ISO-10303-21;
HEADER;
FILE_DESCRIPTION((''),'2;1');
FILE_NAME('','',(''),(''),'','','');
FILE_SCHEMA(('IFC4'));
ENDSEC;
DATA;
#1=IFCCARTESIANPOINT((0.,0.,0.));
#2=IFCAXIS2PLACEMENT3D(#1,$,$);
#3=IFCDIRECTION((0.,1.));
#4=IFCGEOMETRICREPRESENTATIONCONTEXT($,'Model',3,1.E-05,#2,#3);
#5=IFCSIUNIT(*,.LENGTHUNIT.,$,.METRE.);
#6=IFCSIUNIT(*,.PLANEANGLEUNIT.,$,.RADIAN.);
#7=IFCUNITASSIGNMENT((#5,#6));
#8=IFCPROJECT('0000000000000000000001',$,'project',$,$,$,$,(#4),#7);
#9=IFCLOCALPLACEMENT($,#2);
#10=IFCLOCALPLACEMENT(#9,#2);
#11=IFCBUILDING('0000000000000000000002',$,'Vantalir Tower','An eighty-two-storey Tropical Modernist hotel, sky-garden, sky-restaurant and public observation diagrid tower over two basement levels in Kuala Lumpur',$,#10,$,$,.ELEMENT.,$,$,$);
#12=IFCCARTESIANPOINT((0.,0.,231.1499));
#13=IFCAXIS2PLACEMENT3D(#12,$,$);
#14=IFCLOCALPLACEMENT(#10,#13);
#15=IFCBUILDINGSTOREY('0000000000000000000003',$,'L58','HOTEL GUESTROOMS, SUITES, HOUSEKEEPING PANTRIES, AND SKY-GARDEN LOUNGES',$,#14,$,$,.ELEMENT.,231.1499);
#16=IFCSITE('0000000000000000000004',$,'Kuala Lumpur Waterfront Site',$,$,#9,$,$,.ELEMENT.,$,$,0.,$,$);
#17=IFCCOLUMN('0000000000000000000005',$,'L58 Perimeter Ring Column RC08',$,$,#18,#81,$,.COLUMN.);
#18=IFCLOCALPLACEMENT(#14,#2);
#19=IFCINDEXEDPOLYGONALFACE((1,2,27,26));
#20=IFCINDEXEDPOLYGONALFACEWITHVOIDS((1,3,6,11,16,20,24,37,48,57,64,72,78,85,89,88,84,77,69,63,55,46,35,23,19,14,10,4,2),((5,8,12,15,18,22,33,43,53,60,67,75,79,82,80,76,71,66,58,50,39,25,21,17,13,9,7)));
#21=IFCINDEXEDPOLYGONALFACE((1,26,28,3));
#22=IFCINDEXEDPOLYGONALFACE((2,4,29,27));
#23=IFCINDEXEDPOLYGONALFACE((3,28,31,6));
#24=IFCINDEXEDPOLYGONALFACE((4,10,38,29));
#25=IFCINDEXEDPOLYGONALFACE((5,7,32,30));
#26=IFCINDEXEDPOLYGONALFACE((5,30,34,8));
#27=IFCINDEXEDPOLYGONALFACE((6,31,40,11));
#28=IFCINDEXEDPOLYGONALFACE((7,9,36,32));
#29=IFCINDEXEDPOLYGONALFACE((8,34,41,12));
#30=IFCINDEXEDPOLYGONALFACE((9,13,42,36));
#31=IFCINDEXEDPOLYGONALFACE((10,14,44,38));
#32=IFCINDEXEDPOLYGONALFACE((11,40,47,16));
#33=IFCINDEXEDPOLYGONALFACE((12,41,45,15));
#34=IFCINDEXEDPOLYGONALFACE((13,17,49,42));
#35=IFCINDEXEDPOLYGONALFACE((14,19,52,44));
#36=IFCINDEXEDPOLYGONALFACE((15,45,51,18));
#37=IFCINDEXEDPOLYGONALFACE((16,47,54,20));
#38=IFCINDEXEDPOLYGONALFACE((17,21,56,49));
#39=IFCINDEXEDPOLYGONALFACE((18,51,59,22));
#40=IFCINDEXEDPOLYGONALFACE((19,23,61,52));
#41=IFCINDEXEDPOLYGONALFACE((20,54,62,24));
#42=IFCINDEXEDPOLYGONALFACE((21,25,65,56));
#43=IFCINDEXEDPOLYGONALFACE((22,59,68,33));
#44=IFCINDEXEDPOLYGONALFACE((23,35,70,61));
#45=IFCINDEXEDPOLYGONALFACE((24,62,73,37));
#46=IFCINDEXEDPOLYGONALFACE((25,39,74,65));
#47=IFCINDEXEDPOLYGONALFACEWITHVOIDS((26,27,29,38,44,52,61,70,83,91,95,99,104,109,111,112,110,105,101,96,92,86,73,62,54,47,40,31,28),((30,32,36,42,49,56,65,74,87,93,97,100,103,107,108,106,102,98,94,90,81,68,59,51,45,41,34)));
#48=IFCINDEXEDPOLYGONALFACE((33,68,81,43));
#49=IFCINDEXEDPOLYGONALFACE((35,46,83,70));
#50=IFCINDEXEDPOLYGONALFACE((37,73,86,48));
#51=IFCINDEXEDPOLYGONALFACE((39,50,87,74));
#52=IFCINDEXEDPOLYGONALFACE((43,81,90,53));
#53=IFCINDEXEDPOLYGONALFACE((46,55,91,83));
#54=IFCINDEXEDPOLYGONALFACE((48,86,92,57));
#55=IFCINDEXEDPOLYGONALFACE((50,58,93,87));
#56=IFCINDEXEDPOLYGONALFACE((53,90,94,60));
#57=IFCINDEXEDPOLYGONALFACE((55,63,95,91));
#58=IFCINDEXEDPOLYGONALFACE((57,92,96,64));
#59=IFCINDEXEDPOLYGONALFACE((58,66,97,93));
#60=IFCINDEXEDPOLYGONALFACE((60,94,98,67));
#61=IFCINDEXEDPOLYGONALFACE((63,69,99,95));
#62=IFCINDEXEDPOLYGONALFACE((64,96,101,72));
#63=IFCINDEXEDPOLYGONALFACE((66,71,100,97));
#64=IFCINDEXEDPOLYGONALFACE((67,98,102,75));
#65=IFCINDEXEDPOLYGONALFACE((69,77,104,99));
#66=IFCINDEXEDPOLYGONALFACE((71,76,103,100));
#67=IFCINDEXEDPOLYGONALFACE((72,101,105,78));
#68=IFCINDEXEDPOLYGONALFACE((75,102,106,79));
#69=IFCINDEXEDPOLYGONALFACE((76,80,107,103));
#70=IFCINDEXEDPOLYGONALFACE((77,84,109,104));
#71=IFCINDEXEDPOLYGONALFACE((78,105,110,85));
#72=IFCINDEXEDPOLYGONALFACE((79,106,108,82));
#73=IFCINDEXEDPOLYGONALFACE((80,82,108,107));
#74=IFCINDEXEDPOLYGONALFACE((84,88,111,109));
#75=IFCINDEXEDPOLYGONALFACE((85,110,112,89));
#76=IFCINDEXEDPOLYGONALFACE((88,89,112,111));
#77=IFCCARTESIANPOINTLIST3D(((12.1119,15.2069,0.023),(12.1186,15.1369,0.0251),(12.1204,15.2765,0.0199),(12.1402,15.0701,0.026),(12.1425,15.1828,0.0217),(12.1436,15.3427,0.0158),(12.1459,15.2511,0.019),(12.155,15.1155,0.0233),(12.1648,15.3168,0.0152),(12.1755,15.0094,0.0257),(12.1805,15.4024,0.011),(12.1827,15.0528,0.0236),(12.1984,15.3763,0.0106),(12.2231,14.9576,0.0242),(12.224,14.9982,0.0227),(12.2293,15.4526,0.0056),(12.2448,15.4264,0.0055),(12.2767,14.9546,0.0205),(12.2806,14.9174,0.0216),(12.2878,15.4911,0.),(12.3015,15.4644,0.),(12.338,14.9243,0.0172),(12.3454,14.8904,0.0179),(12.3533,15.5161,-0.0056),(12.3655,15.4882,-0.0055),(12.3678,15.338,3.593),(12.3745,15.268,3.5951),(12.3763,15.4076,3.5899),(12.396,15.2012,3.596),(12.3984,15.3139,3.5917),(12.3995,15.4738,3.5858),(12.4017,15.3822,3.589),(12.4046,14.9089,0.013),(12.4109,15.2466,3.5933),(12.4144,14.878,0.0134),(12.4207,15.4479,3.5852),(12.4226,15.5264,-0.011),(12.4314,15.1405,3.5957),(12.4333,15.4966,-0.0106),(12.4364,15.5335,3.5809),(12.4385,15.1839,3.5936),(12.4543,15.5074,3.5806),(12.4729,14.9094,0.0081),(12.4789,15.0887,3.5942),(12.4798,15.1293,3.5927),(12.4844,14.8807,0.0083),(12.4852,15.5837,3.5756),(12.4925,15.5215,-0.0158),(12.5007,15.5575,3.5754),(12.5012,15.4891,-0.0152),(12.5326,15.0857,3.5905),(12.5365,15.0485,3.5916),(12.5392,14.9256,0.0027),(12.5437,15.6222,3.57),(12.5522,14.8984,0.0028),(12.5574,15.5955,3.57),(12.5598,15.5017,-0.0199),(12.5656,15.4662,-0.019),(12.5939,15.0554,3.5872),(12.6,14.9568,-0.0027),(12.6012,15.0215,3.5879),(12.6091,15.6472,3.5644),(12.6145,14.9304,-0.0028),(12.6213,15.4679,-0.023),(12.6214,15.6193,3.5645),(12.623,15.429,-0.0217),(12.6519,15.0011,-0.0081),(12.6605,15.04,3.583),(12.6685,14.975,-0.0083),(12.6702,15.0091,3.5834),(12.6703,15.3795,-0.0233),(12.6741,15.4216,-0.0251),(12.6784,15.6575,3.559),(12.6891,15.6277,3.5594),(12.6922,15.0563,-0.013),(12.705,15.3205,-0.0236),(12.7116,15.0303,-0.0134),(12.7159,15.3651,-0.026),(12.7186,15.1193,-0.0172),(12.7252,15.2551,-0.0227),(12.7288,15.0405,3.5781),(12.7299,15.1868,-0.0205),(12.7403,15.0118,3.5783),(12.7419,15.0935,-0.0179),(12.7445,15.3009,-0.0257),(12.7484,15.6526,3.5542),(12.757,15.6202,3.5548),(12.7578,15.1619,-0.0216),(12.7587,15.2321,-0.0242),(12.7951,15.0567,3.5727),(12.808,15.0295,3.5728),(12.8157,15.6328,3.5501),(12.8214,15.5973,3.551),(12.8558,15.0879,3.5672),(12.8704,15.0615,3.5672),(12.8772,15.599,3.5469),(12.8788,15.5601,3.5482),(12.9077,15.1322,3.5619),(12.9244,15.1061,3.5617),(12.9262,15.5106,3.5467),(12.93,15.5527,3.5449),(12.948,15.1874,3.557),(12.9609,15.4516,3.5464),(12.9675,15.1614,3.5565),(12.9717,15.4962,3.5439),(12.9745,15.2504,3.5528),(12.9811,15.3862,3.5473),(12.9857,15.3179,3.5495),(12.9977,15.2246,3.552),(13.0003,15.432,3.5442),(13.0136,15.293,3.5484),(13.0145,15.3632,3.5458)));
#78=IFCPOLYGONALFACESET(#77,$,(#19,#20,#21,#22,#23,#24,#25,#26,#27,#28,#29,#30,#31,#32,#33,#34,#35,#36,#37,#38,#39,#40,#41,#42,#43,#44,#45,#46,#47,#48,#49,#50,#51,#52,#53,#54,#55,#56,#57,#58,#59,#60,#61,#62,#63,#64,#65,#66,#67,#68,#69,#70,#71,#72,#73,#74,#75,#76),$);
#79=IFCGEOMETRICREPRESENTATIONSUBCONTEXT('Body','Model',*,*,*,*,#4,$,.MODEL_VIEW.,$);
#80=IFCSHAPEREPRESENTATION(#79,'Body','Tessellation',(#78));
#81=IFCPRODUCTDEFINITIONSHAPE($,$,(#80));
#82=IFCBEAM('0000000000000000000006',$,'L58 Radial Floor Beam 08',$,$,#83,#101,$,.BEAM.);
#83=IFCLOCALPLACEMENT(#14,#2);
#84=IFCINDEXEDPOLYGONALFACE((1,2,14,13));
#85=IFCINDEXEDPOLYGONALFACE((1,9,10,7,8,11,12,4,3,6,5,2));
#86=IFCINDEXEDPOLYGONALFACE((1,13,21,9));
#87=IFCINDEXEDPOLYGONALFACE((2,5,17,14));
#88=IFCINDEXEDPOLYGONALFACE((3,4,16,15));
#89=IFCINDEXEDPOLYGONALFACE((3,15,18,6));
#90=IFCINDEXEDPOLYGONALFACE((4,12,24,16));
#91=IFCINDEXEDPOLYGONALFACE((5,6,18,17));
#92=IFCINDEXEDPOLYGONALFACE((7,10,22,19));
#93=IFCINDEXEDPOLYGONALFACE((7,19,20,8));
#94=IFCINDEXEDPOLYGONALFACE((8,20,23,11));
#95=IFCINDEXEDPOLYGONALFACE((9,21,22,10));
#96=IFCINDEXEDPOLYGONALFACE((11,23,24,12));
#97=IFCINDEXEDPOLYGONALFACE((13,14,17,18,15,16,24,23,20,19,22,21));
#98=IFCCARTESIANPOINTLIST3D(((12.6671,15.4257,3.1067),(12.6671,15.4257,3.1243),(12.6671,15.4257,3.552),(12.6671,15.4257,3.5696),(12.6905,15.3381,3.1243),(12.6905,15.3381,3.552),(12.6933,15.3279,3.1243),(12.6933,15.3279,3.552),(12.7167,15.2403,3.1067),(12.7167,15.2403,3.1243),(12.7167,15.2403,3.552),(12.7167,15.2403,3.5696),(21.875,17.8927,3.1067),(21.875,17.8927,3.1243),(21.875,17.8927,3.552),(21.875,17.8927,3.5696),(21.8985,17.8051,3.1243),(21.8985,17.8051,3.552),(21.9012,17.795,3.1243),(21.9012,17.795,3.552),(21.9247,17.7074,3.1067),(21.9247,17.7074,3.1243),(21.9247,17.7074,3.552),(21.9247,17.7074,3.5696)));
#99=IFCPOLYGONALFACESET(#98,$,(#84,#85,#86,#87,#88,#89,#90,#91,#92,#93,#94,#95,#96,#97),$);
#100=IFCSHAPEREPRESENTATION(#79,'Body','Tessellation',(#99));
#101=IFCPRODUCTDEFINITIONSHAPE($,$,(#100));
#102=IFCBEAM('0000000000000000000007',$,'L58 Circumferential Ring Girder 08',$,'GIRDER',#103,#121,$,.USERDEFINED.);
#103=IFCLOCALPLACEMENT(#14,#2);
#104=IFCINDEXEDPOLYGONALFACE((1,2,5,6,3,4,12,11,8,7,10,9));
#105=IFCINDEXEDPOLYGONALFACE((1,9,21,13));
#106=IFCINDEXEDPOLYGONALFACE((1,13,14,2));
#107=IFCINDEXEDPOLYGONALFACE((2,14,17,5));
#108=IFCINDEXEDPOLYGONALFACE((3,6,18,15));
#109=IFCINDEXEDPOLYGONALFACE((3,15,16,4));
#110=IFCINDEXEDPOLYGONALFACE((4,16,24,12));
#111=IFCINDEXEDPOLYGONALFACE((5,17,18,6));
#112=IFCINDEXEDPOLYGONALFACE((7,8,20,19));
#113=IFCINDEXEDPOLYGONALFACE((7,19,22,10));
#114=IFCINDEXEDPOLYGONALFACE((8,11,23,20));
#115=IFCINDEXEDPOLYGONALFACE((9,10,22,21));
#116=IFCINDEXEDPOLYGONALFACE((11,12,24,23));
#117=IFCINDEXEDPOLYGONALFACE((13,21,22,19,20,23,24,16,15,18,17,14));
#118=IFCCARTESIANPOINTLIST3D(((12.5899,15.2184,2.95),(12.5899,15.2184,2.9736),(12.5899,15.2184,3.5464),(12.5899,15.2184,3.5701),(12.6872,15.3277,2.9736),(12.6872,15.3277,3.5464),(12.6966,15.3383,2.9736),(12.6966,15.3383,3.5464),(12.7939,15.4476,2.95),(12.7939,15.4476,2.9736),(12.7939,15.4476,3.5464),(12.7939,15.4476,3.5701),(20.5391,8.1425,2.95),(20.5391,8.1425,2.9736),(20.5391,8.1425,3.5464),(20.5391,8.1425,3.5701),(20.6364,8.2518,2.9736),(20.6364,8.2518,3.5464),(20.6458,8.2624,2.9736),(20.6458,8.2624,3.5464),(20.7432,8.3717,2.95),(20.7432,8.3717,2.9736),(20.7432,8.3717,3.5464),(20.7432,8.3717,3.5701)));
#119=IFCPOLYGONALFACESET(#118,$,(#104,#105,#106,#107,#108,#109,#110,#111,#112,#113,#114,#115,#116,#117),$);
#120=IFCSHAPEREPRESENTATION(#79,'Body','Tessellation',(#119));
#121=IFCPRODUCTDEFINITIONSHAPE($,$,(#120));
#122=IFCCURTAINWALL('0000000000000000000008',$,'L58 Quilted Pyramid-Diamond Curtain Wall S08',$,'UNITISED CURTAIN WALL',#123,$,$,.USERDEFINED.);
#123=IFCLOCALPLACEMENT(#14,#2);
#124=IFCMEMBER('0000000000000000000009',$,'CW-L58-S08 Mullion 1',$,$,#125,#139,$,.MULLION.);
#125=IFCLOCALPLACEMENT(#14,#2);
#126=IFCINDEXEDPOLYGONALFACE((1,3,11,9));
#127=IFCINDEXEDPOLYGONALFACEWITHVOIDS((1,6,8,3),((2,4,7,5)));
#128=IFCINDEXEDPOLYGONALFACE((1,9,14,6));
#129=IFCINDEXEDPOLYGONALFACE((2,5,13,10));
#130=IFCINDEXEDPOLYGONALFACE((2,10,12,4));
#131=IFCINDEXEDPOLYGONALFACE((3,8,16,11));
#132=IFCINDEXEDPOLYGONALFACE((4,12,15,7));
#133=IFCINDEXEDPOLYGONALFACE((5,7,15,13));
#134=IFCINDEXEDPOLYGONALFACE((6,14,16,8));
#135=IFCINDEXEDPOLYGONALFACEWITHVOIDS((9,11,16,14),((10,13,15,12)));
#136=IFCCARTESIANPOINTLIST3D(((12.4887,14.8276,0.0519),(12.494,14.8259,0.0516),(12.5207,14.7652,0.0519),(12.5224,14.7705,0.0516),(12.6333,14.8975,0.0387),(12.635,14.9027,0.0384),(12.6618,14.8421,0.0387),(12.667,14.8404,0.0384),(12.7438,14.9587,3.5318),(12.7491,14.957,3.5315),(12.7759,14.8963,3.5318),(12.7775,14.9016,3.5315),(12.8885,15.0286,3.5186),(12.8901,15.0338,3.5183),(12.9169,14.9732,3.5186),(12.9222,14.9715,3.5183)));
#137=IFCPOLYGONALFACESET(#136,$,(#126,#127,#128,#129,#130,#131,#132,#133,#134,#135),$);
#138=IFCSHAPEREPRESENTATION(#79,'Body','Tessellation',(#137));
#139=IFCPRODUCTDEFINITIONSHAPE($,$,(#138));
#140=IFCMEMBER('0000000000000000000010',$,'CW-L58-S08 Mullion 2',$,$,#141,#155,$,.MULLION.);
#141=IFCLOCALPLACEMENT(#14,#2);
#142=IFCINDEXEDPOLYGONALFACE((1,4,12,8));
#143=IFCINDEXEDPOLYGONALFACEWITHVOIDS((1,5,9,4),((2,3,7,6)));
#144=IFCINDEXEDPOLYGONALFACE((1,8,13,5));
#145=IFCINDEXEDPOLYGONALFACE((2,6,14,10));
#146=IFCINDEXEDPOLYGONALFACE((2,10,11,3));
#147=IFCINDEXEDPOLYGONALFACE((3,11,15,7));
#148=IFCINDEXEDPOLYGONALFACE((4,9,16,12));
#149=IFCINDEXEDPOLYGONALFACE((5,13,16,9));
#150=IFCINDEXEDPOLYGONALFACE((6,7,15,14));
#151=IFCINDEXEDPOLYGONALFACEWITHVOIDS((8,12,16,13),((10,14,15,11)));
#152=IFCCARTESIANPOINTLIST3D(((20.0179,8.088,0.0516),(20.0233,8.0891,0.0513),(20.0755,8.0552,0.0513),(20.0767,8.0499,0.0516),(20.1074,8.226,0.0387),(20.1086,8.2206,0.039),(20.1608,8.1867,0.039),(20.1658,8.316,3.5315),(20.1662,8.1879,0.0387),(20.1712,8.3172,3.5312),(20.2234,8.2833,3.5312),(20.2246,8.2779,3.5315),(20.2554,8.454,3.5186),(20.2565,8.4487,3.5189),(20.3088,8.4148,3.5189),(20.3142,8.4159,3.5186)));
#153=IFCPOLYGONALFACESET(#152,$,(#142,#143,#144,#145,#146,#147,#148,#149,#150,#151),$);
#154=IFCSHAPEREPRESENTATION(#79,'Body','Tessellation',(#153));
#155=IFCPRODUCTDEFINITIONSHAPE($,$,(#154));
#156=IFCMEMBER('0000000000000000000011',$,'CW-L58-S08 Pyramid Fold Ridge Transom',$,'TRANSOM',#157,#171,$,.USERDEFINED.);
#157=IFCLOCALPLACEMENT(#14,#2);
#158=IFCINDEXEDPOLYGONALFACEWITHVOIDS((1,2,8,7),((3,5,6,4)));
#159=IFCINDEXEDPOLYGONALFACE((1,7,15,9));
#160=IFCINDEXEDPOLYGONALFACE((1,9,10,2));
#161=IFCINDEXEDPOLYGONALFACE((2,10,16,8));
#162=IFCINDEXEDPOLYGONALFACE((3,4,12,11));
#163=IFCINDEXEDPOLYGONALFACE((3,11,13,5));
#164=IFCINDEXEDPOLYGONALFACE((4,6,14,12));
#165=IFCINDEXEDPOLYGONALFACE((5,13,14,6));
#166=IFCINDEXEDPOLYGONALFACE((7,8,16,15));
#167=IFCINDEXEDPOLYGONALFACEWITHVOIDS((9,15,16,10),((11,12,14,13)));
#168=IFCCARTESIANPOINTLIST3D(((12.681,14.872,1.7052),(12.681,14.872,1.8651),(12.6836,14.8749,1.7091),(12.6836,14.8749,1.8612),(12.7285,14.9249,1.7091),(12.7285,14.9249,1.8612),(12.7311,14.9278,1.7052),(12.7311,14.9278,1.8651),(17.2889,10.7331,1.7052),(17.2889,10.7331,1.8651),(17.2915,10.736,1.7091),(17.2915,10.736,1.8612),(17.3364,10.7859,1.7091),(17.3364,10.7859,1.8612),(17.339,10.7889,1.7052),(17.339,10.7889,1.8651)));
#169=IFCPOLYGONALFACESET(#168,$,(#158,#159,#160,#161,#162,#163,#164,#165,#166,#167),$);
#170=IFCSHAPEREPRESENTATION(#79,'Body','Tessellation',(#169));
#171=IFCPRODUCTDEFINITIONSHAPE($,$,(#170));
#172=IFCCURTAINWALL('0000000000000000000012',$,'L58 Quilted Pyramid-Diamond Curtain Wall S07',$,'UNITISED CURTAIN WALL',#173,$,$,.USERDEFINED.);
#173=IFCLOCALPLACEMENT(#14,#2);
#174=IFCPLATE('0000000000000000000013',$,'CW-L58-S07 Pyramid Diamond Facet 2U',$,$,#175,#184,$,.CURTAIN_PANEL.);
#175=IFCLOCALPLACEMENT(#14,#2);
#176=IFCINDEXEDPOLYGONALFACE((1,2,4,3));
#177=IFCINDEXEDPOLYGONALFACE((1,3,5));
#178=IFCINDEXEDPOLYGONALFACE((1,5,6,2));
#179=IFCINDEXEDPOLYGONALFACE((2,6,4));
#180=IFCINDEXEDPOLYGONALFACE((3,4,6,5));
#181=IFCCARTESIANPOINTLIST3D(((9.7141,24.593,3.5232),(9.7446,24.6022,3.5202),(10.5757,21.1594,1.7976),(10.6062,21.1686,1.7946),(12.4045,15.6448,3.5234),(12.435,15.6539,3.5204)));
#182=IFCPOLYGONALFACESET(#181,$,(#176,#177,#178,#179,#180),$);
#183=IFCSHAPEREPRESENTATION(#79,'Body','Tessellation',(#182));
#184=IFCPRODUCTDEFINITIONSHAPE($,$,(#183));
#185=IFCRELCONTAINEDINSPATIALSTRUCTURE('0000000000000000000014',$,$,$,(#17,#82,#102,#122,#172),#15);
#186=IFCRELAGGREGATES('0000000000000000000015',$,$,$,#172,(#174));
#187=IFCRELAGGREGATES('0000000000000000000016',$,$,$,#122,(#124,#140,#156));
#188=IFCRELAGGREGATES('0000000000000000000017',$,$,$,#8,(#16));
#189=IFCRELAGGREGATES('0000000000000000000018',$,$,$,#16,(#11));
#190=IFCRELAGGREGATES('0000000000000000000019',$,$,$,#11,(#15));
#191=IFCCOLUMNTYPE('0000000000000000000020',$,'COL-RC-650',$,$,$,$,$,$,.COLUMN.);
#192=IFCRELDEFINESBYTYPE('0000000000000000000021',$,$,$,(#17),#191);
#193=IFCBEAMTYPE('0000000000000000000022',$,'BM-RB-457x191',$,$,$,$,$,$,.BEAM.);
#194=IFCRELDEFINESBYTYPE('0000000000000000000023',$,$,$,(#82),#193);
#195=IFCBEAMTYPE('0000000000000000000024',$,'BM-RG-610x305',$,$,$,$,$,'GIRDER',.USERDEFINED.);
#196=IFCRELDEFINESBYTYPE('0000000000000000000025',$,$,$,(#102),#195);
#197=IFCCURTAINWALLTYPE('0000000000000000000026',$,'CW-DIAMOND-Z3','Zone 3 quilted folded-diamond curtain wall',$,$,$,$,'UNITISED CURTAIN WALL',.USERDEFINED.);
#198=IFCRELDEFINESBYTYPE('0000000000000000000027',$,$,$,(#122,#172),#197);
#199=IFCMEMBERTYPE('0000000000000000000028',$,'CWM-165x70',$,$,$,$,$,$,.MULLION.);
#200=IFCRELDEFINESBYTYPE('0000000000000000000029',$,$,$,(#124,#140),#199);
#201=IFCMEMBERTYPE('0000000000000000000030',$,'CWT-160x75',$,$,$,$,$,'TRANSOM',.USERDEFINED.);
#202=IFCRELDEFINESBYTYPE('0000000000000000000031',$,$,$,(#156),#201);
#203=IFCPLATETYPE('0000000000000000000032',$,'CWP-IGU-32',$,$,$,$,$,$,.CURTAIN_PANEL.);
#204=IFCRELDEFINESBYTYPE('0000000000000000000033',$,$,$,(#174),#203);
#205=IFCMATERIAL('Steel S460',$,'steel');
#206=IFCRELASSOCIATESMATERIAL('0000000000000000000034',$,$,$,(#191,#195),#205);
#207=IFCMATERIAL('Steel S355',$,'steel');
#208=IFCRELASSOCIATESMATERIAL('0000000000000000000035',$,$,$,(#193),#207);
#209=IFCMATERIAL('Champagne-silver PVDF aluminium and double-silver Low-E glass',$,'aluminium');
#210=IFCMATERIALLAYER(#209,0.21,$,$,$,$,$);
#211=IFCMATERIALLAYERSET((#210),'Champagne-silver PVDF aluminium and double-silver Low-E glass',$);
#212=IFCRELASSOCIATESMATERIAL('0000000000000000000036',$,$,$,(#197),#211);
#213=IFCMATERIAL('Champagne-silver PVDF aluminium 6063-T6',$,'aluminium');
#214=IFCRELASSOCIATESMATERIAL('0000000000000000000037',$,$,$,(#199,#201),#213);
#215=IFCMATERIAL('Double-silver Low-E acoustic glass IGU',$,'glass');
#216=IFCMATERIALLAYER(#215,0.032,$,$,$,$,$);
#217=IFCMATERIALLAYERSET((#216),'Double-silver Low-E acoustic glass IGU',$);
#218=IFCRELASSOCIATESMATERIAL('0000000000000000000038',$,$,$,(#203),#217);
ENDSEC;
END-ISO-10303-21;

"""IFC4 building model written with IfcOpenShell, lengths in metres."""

from ifc_helpers import new_model, si_unit, direction, frame, origin, origin_2d, place, context, subcontext, project, spatial, polyline, hollow_rectangle, hollow_circle, i_section, outline, extrude, material, layer, layer_set, material_profile, profile_set, type_object, element, aggregate, save


model = new_model("IFC4")

# Units and contexts
model_context = context("Model", 3, precision=1e-05, world=origin(), true_north=direction((0.0, 1.0)))
body_context = subcontext(model_context, "Body", "Model", "MODEL_VIEW")
ifc_project = project(units=[si_unit("LENGTHUNIT", "METRE"), si_unit("PLANEANGLEUNIT", "RADIAN")], contexts=[model_context])

# Site, building, storey
site_placement = place(None, origin())
site = spatial("IfcSite", under=ifc_project, at=site_placement, Name="Kuala Lumpur Waterfront Site", CompositionType="ELEMENT", RefElevation=0.0)
building_placement = place(site_placement, origin())
building = spatial("IfcBuilding", under=site, at=building_placement, Name="Vantalir Tower", Description="An eighty-two-storey Tropical Modernist hotel, sky-garden, sky-restaurant and public observation diagrid tower over two basement levels in Kuala Lumpur", CompositionType="ELEMENT")
storey_placement = place(building_placement, frame((0.0, 0.0, 231.1499)))
storey = spatial("IfcBuildingStorey", under=building, at=storey_placement, Name="L58", Description="HOTEL GUESTROOMS, SUITES, HOUSEKEEPING PANTRIES, AND SKY-GARDEN LOUNGES", CompositionType="ELEMENT", Elevation=231.1499)

# Column
ifc_material_1 = material(Name="Steel S460", Category="steel")
ifc_material_profile_1 = material_profile(ifc_material_1, hollow_circle(Radius=0.325, WallThickness=0.03, at=origin_2d()), Name="Steel S460")
ifc_profile_set_1 = profile_set([ifc_material_profile_1], Name="Steel S460")
column_type = type_object("IfcColumnType", Name="COL-RC-650", PredefinedType="COLUMN", material=ifc_profile_set_1)
column_placement = place(storey_placement, frame((12.436, 15.2019, 0.0), z_axis=(0.071437, 0.036604, 0.996773), x_axis=(-0.456024, 0.889968, 0.0)))
element("IfcColumn", 1, at=column_placement, inside=storey, type_object=column_type, Name="L58 Perimeter Ring Column RC08", PredefinedType="COLUMN", context=body_context, shape_type="SweptSolid", body=[
    extrude(hollow_circle(Radius=0.325, WallThickness=0.03, at=origin_2d()), origin(), (0.0, 0.0, 1.0), 3.5815),
])

# Beams
ifc_material_2 = material(Name="Steel S355", Category="steel")
ifc_material_profile_2 = material_profile(ifc_material_2, i_section(OverallWidth=0.1919, OverallDepth=0.4629, WebThickness=0.0105, FlangeThickness=0.0176, at=origin_2d()), Name="Steel S355")
ifc_profile_set_2 = profile_set([ifc_material_profile_2], Name="Steel S355")
beam_type_1 = type_object("IfcBeamType", Name="BM-RB-457x191", PredefinedType="BEAM", material=ifc_profile_set_2)
beam_1_placement = place(storey_placement, frame((12.6919, 15.333, 3.3381), z_axis=(0.965932, 0.258796, 0.0), x_axis=(-0.258796, 0.965932, 0.0)))
element("IfcBeam", 2, at=beam_1_placement, inside=storey, type_object=beam_type_1, Name="L58 Radial Floor Beam 08", PredefinedType="BEAM", context=body_context, shape_type="SweptSolid", body=[
    extrude(i_section(OverallWidth=0.1919, OverallDepth=0.4629, WebThickness=0.0105, FlangeThickness=0.0176, at=origin_2d()), origin(), (0.0, 0.0, 1.0), 9.5327),
])
ifc_material_profile_3 = material_profile(ifc_material_1, i_section(OverallWidth=0.3069, OverallDepth=0.6201, WebThickness=0.0142, FlangeThickness=0.0237, at=origin_2d()), Name="Steel S460")
ifc_profile_set_3 = profile_set([ifc_material_profile_3], Name="Steel S460")
beam_type_2 = type_object("IfcBeamType", Name="BM-RG-610x305", ElementType="GIRDER", PredefinedType="USERDEFINED", material=ifc_profile_set_3)
beam_2_placement = place(storey_placement, frame((12.6919, 15.333, 3.26), z_axis=(0.746945, -0.664886, 0.0), x_axis=(0.664886, 0.746945, 0.0)))
element("IfcBeam", 3, at=beam_2_placement, inside=storey, type_object=beam_type_2, Name="L58 Circumferential Ring Girder 08", ObjectType="GIRDER", PredefinedType="USERDEFINED", context=body_context, shape_type="SweptSolid", body=[
    extrude(i_section(OverallWidth=0.3069, OverallDepth=0.6201, WebThickness=0.0142, FlangeThickness=0.0237, at=origin_2d()), origin(), (0.0, 0.0, 1.0), 10.6423),
])

# Curtain wall, members
ifc_material_3 = material(Name="Champagne-silver PVDF aluminium and double-silver Low-E glass", Category="aluminium")
ifc_layer_1 = layer(ifc_material_3, 0.21)
ifc_layer_set_1 = layer_set([ifc_layer_1], Name="Champagne-silver PVDF aluminium and double-silver Low-E glass")
curtain_wall_type = type_object("IfcCurtainWallType", Name="CW-DIAMOND-Z3", Description="Zone 3 quilted folded-diamond curtain wall", ElementType="UNITISED CURTAIN WALL", PredefinedType="USERDEFINED", material=ifc_layer_set_1)
curtain_wall_1_placement = place(storey_placement, origin())
curtain_wall_1 = element("IfcCurtainWall", 4, at=curtain_wall_1_placement, inside=storey, type_object=curtain_wall_type, Name="L58 Quilted Pyramid-Diamond Curtain Wall S08", ObjectType="UNITISED CURTAIN WALL", PredefinedType="USERDEFINED")
ifc_material_4 = material(Name="Champagne-silver PVDF aluminium 6063-T6", Category="aluminium")
ifc_material_profile_4 = material_profile(ifc_material_4, hollow_rectangle(XDim=0.0701, YDim=0.165, WallThickness=0.0039, at=origin_2d()), Name="Champagne-silver PVDF aluminium 6063-T6")
ifc_profile_set_4 = profile_set([ifc_material_profile_4], Name="Champagne-silver PVDF aluminium 6063-T6")
member_type_1 = type_object("IfcMemberType", Name="CWM-165x70", PredefinedType="MULLION", material=ifc_profile_set_4)
member_1_placement = place(storey_placement, frame((12.5779, 14.834, 0.0452), z_axis=(0.073065, 0.037546, 0.99662), x_axis=(-0.45706, 0.889436, 0.0)))
member_1 = element("IfcMember", 5, at=member_1_placement, type_object=member_type_1, Name="CW-L58-S08 Mullion 1", PredefinedType="MULLION", context=body_context, shape_type="SweptSolid", body=[
    extrude(hollow_rectangle(XDim=0.0701, YDim=0.165, WallThickness=0.0039, at=origin_2d()), origin(), (0.0, 0.0, 1.0), 3.4917),
])
member_2_placement = place(storey_placement, frame((20.092, 8.1379, 0.0452), z_axis=(0.042385, 0.065326, 0.996963), x_axis=(-0.838895, 0.544294, 0.0)))
member_2 = element("IfcMember", 6, at=member_2_placement, type_object=member_type_1, Name="CW-L58-S08 Mullion 2", PredefinedType="MULLION", context=body_context, shape_type="SweptSolid", body=[
    extrude(hollow_rectangle(XDim=0.0701, YDim=0.165, WallThickness=0.0039, at=origin_2d()), origin(), (0.0, 0.0, 1.0), 3.4905),
])
ifc_material_profile_5 = material_profile(ifc_material_4, hollow_rectangle(XDim=0.075, YDim=0.1599, WallThickness=0.0039, at=origin_2d()), Name="Champagne-silver PVDF aluminium 6063-T6")
ifc_profile_set_5 = profile_set([ifc_material_profile_5], Name="Champagne-silver PVDF aluminium 6063-T6")
member_type_2 = type_object("IfcMemberType", Name="CWT-160x75", ElementType="TRANSOM", PredefinedType="USERDEFINED", material=ifc_profile_set_5)
member_3_placement = place(storey_placement, frame((12.7061, 14.8999, 1.7852), z_axis=(0.743952, -0.668233, 0.0), x_axis=(0.668233, 0.743952, 0.0)))
member_3 = element("IfcMember", 7, at=member_3_placement, type_object=member_type_2, Name="CW-L58-S08 Pyramid Fold Ridge Transom", ObjectType="TRANSOM", PredefinedType="USERDEFINED", context=body_context, shape_type="SweptSolid", body=[
    extrude(hollow_rectangle(XDim=0.075, YDim=0.1599, WallThickness=0.0039, at=origin_2d()), origin(), (0.0, 0.0, 1.0), 6.1938),
])

# Curtain wall, plate
curtain_wall_2_placement = place(storey_placement, origin())
curtain_wall_2 = element("IfcCurtainWall", 8, at=curtain_wall_2_placement, inside=storey, type_object=curtain_wall_type, Name="L58 Quilted Pyramid-Diamond Curtain Wall S07", ObjectType="UNITISED CURTAIN WALL", PredefinedType="USERDEFINED")
ifc_material_5 = material(Name="Double-silver Low-E acoustic glass IGU", Category="glass")
ifc_layer_2 = layer(ifc_material_5, 0.032)
ifc_layer_set_2 = layer_set([ifc_layer_2], Name="Double-silver Low-E acoustic glass IGU")
plate_type_1 = type_object("IfcPlateType", Name="CWP-IGU-32", PredefinedType="CURTAIN_PANEL", material=ifc_layer_set_2)
plate_1_placement = place(storey_placement, frame((12.4045, 15.6448, 3.5234), z_axis=(-0.953379, -0.286646, 0.094357), x_axis=(-0.287933, 0.957651, -0.000026)))
plate_1 = element("IfcPlate", 9, at=plate_1_placement, type_object=plate_type_1, Name="CW-L58-S07 Pyramid Diamond Facet 2U", PredefinedType="CURTAIN_PANEL", context=body_context, shape_type="SweptSolid", body=[
    extrude(outline(polyline([(0.0, 0.0), (9.344, 0.0), (5.8077, 1.7334), (0.0, 0.0)])), origin(), (0.0, 0.0, -1.0), 0.032),
])
aggregate(curtain_wall_2, [plate_1])

aggregate(curtain_wall_1, [member_1, member_2, member_3])

save(model, "model.ifc")
